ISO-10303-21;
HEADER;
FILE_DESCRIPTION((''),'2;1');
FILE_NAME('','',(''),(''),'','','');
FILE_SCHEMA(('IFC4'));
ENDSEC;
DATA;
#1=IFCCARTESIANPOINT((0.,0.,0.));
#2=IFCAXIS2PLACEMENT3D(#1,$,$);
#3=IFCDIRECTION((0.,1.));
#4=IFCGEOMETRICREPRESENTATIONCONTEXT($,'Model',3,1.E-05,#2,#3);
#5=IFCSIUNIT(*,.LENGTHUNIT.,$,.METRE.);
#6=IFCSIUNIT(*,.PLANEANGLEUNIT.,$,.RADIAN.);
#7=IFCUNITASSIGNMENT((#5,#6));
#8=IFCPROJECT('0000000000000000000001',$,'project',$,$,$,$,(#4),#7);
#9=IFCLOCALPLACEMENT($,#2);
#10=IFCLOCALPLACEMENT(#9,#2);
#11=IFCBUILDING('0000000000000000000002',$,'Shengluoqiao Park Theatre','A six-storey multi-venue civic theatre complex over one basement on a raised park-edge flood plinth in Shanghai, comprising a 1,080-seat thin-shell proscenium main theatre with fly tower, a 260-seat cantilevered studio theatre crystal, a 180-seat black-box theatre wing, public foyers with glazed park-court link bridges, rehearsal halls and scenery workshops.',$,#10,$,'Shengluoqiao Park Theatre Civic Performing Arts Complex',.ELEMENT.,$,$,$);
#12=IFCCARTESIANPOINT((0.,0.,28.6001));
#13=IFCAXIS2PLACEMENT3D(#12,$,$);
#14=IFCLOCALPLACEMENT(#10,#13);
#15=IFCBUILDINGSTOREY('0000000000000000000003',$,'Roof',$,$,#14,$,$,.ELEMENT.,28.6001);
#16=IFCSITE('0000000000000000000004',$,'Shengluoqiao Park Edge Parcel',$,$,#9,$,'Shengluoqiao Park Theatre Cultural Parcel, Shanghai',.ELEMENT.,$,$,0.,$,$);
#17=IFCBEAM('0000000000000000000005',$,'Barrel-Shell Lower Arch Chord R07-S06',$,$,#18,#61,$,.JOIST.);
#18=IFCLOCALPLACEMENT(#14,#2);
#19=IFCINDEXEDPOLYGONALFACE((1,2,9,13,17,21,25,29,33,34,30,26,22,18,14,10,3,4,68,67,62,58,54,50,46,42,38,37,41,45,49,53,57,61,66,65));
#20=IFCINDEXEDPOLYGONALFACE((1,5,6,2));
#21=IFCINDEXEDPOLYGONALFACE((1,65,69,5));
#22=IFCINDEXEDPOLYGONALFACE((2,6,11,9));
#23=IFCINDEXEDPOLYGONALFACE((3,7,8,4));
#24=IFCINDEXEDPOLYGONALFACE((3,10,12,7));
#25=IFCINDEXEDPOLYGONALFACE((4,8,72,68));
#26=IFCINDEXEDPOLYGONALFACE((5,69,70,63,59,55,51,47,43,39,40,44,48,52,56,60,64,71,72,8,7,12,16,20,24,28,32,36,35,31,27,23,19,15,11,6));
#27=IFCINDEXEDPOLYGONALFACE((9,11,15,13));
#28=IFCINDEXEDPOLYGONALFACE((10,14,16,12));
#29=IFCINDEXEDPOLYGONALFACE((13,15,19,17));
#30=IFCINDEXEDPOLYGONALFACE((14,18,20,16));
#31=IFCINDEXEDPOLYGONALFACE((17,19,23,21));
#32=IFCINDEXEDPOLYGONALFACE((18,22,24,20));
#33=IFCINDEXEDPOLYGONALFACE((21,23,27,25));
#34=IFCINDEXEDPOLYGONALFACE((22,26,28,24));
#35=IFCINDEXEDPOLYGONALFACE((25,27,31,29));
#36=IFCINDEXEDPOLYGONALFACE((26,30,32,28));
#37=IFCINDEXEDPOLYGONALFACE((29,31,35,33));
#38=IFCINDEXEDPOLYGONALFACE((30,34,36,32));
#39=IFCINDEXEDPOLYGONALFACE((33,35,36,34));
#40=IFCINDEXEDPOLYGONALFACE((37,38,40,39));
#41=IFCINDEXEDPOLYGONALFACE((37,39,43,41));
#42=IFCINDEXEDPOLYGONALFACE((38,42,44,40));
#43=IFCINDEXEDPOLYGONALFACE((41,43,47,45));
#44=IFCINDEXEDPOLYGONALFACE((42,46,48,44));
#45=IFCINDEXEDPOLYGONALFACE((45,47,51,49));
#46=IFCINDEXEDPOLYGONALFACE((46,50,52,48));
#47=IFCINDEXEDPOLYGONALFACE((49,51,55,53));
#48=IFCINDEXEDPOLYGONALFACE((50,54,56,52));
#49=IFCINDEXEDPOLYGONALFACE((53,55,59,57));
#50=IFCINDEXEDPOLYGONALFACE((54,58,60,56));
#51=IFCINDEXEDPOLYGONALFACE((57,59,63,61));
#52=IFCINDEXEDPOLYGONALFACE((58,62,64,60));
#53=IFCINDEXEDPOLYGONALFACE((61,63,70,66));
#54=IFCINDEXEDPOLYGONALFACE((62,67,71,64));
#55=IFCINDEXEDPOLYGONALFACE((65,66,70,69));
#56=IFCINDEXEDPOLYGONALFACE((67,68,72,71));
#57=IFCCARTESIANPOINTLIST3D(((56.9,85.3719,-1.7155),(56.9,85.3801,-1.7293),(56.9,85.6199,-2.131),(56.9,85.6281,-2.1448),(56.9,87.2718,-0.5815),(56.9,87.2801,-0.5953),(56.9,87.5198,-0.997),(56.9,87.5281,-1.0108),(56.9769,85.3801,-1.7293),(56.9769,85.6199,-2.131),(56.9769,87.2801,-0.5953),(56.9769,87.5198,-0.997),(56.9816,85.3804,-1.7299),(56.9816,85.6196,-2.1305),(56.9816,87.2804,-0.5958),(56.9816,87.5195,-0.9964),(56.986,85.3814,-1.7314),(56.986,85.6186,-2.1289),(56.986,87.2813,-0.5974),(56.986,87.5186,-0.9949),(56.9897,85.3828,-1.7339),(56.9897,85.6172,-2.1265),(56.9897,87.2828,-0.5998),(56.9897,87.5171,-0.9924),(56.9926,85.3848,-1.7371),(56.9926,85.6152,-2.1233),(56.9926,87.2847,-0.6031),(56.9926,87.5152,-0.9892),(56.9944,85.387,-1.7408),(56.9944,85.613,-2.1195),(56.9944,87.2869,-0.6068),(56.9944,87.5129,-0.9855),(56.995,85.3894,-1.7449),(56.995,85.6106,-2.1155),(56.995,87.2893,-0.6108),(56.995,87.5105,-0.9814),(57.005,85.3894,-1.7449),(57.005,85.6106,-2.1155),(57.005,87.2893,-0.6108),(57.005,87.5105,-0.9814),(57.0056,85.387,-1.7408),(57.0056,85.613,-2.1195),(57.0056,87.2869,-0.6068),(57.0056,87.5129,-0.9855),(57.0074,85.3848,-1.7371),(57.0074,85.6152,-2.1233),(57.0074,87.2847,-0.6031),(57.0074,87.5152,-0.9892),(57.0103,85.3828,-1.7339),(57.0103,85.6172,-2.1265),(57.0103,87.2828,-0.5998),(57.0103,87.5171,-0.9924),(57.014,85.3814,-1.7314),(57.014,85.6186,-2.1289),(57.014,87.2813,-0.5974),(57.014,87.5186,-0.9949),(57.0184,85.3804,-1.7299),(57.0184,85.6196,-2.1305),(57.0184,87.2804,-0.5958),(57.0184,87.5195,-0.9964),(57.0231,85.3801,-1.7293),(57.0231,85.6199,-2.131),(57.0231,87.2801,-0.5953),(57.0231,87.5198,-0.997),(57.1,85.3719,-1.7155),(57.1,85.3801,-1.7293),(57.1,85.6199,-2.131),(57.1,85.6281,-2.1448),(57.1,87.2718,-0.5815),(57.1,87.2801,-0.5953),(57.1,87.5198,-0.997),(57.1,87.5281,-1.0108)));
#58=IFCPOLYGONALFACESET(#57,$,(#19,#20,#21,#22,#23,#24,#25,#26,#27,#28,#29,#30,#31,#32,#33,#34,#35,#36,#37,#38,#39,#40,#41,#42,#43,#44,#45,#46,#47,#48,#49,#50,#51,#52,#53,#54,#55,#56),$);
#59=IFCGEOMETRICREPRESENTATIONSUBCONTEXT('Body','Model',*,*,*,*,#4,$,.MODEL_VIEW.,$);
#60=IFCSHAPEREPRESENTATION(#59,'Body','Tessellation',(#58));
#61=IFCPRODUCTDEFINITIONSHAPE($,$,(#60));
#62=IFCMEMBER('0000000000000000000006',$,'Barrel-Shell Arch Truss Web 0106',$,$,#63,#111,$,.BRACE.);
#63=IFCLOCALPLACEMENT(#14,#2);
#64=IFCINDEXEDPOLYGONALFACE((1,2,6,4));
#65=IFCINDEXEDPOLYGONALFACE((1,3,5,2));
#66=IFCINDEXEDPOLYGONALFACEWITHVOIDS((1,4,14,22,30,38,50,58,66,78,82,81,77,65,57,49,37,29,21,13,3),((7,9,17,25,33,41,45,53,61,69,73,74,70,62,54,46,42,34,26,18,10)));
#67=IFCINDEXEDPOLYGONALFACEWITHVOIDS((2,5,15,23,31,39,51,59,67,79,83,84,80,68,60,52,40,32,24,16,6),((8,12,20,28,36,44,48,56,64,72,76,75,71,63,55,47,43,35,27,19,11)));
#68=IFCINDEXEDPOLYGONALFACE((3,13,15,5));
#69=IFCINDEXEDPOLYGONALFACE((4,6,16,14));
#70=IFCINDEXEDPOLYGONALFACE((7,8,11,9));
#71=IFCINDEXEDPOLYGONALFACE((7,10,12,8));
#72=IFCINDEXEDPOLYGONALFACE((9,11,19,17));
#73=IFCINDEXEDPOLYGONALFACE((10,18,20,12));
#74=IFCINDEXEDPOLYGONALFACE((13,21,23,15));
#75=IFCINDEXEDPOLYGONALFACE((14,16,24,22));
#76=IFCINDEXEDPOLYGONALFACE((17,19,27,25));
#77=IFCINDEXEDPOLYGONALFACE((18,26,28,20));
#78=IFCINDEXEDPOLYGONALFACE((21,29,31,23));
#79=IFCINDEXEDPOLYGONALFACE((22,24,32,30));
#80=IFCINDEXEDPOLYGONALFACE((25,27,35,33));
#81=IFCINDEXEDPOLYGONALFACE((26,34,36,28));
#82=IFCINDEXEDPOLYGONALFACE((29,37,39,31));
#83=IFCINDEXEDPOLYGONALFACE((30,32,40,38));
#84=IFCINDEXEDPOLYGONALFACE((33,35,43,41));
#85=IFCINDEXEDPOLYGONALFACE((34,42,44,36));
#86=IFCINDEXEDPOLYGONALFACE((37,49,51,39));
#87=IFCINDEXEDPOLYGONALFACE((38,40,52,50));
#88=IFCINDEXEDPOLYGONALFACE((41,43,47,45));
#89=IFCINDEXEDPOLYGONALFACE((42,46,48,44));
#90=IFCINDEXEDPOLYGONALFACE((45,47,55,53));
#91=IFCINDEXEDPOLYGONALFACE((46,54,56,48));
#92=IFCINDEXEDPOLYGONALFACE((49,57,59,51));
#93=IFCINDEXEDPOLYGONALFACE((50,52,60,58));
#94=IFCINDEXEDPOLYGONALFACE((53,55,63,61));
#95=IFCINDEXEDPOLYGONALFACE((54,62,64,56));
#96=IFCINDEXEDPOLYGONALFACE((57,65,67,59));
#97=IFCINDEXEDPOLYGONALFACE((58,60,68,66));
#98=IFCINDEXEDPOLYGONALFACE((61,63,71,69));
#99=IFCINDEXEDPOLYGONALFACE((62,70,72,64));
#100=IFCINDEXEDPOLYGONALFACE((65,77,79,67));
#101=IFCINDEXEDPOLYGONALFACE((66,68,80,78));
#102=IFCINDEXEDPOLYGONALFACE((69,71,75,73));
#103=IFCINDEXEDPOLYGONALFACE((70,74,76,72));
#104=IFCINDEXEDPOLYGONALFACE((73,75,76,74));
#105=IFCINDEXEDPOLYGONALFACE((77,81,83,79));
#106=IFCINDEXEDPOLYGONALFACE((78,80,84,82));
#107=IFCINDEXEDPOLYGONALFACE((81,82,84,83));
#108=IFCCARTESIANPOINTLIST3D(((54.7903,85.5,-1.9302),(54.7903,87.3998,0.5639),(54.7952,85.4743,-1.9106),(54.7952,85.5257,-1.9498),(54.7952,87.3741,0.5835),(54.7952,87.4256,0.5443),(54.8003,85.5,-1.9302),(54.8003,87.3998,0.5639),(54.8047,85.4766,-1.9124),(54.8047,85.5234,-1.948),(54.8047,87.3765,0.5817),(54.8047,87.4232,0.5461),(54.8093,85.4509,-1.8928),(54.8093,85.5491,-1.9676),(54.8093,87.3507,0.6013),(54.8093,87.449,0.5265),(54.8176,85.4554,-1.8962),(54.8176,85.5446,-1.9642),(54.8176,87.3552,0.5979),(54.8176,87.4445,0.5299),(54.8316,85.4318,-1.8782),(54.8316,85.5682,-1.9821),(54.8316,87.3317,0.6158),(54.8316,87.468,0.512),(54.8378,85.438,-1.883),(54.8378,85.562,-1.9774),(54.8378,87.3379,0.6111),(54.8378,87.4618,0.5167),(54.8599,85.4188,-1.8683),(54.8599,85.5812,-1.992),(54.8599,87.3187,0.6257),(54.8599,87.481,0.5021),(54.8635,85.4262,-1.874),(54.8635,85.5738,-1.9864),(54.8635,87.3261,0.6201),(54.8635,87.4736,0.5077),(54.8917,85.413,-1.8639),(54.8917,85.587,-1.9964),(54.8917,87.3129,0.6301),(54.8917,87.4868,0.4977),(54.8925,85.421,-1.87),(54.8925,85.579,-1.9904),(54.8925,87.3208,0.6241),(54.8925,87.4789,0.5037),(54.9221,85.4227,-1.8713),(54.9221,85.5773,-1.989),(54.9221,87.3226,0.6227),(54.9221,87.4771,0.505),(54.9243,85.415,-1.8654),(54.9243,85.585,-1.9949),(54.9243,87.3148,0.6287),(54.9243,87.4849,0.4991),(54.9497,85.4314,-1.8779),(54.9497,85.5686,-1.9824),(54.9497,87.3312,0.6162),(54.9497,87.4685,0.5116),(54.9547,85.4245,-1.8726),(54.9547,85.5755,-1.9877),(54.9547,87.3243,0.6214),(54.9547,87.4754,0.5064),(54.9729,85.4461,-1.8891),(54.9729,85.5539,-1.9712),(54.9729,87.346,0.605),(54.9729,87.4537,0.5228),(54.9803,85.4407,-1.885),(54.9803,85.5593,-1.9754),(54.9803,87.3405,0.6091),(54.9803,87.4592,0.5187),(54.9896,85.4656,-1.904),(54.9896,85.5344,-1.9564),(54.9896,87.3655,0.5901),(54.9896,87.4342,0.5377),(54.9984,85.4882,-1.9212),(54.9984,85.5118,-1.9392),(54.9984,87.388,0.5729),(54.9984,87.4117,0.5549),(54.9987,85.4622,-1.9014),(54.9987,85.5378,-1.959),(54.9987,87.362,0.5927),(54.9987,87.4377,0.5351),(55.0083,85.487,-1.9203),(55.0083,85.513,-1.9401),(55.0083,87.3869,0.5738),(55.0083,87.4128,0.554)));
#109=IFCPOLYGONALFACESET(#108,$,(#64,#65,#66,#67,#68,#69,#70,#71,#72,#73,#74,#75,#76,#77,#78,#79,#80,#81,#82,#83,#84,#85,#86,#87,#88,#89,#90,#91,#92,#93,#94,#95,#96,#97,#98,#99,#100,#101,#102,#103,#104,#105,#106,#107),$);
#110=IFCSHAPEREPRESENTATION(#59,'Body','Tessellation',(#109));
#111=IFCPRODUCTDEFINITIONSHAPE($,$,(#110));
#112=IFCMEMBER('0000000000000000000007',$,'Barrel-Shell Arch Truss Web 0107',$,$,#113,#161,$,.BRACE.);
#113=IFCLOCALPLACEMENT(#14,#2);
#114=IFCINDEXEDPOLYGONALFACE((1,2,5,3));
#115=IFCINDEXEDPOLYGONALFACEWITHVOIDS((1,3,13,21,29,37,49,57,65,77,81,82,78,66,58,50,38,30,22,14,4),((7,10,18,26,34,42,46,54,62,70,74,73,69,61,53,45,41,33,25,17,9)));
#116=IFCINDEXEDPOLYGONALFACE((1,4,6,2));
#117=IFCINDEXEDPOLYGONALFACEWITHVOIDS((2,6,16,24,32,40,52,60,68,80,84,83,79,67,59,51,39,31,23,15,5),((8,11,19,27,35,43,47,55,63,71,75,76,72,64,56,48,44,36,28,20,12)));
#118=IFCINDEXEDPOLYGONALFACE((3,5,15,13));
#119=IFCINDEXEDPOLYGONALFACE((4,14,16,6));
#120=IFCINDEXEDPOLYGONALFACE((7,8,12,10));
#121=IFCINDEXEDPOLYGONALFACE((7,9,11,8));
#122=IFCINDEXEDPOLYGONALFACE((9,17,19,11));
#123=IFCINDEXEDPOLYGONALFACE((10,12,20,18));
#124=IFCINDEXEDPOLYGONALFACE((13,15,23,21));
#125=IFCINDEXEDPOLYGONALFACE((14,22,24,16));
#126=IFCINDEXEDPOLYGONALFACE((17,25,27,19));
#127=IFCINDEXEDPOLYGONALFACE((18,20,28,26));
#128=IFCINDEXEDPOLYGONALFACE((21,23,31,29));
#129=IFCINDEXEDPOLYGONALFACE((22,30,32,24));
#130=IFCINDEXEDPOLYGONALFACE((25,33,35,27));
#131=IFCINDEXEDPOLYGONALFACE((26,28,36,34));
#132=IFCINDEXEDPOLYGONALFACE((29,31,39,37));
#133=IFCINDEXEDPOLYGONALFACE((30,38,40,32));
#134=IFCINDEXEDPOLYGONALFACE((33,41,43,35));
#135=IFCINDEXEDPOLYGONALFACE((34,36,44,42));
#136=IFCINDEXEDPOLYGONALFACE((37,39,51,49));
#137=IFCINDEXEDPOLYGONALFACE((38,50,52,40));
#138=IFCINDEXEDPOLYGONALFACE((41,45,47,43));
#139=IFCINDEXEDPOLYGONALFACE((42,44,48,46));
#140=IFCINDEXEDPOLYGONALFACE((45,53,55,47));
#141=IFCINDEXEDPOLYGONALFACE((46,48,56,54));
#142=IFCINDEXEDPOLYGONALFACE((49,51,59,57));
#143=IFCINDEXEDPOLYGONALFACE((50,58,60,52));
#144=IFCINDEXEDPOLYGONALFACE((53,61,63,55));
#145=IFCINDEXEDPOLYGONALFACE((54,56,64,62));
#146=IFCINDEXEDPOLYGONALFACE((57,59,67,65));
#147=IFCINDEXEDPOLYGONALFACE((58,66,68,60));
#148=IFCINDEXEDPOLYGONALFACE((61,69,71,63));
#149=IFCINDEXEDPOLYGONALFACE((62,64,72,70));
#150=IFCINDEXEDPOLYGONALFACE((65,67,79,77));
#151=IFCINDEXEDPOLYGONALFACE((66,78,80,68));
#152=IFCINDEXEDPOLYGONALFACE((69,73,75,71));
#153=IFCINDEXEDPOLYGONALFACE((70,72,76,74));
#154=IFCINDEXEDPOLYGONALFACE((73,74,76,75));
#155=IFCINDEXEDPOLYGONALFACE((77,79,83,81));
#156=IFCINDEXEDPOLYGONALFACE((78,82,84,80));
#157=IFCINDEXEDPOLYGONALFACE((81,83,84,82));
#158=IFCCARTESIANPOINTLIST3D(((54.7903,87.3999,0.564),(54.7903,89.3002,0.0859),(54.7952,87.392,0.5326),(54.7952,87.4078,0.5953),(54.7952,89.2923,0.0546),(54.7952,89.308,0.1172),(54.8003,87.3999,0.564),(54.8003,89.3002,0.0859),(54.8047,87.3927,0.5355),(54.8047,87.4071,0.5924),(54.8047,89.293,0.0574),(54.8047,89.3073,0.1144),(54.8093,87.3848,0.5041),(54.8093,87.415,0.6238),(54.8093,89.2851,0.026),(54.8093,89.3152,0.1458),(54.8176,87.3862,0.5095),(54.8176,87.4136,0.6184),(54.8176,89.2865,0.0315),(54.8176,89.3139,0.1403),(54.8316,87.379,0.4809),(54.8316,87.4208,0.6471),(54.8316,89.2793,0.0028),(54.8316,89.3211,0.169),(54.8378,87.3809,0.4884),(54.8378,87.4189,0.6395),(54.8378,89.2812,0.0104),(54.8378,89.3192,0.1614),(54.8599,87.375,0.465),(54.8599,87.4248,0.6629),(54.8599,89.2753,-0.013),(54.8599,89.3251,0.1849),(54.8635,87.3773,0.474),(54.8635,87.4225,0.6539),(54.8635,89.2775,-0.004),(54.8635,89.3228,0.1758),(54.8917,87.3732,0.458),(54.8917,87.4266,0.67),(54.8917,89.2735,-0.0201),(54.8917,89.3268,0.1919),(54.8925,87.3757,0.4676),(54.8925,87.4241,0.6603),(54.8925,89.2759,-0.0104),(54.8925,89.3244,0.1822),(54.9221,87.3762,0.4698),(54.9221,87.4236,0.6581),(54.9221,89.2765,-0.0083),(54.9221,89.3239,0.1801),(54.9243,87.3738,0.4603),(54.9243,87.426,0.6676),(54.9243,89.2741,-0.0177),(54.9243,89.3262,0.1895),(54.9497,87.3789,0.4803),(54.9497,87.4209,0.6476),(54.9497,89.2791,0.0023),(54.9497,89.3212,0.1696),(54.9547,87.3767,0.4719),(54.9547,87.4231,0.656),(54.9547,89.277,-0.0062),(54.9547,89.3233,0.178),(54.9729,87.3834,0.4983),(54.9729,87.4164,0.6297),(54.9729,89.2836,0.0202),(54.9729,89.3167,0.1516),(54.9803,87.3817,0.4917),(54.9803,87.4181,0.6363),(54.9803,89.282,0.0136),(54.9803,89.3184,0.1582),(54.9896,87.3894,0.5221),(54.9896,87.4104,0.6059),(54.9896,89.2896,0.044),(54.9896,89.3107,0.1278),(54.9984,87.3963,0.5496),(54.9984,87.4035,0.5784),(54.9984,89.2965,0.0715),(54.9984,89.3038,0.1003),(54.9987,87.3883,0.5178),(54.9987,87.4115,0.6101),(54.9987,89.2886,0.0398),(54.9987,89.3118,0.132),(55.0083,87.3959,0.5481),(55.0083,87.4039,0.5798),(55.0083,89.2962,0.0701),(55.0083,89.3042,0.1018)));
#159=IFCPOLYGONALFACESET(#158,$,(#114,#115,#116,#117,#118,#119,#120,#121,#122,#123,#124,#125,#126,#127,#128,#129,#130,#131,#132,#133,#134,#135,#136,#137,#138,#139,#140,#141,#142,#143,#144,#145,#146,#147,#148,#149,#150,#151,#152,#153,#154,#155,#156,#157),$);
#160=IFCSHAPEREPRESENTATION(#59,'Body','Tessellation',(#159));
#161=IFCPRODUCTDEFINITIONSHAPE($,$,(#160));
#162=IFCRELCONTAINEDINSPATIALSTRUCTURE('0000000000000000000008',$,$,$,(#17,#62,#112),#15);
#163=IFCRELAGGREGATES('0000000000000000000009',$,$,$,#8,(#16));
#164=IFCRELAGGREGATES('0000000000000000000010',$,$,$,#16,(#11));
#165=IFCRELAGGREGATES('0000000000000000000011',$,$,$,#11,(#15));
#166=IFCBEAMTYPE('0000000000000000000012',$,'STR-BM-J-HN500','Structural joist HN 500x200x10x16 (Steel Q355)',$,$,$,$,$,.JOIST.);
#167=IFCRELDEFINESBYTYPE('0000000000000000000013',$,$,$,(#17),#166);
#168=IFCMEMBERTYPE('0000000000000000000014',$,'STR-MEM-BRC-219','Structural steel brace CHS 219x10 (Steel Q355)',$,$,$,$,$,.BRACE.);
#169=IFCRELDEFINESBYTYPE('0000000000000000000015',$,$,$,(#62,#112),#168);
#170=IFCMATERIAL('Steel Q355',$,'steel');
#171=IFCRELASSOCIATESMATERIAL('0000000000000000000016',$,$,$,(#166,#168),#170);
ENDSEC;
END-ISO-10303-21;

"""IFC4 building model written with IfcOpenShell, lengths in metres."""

from ifc_helpers import new_model, si_unit, direction, frame, origin, origin_2d, place, context, subcontext, project, spatial, hollow_circle, i_section, extrude, material, material_profile, profile_set, type_object, element, save


model = new_model("IFC4")

# Units and contexts
model_context = context("Model", 3, precision=1e-05, world=origin(), true_north=direction((0.0, 1.0)))
body_context = subcontext(model_context, "Body", "Model", "MODEL_VIEW")
ifc_project = project(units=[si_unit("LENGTHUNIT", "METRE"), si_unit("PLANEANGLEUNIT", "RADIAN")], contexts=[model_context])

# Site, building, storey
site_placement = place(None, origin())
site = spatial("IfcSite", under=ifc_project, at=site_placement, Name="Shengluoqiao Park Edge Parcel", LongName="Shengluoqiao Park Theatre Cultural Parcel, Shanghai", CompositionType="ELEMENT", RefElevation=0.0)
building_placement = place(site_placement, origin())
building = spatial("IfcBuilding", under=site, at=building_placement, Name="Shengluoqiao Park Theatre", Description="A six-storey multi-venue civic theatre complex over one basement on a raised park-edge flood plinth in Shanghai, comprising a 1,080-seat thin-shell proscenium main theatre with fly tower, a 260-seat cantilevered studio theatre crystal, a 180-seat black-box theatre wing, public foyers with glazed park-court link bridges, rehearsal halls and scenery workshops.", LongName="Shengluoqiao Park Theatre Civic Performing Arts Complex", CompositionType="ELEMENT")
storey_placement = place(building_placement, frame((0.0, 0.0, 28.6001)))
storey = spatial("IfcBuildingStorey", under=building, at=storey_placement, Name="Roof", CompositionType="ELEMENT", Elevation=28.6001)

# Beam
ifc_material_1 = material(Name="Steel Q355", Category="steel")
ifc_material_profile_1 = material_profile(ifc_material_1, i_section(OverallWidth=0.2, OverallDepth=0.5, WebThickness=0.01, FlangeThickness=0.0161, FilletRadius=0.0181, at=origin_2d()), Name="HN 500x200x10x16")
ifc_profile_set_1 = profile_set([ifc_material_profile_1], Name="Steel Q355")
beam_type_1 = type_object("IfcBeamType", Name="STR-BM-J-HN500", Description="Structural joist HN 500x200x10x16 (Steel Q355)", PredefinedType="JOIST", material=ifc_profile_set_1)
beam_1_placement = place(storey_placement, frame((57.0, 85.5, -1.9302), z_axis=(0.0, 0.858669, 0.512531), x_axis=(-1.0, 0.0, 0.0)))
element("IfcBeam", 1, at=beam_1_placement, inside=storey, type_object=beam_type_1, Name="Barrel-Shell Lower Arch Chord R07-S06", PredefinedType="JOIST", context=body_context, shape_type="SweptSolid", body=[
    extrude(i_section(OverallWidth=0.2, OverallDepth=0.5, WebThickness=0.01, FlangeThickness=0.0161, FilletRadius=0.0181, at=origin_2d()), origin(), (0.0, 0.0, 1.0), 2.2126),
])

# Members
ifc_material_profile_2 = material_profile(ifc_material_1, hollow_circle(Radius=0.1096, WallThickness=0.01, at=origin_2d()), Name="CHS 219x10")
ifc_profile_set_2 = profile_set([ifc_material_profile_2], Name="Steel Q355")
member_type_1 = type_object("IfcMemberType", Name="STR-MEM-BRC-219", Description="Structural steel brace CHS 219x10 (Steel Q355)", PredefinedType="BRACE", material=ifc_profile_set_2)
member_1_placement = place(storey_placement, frame((54.8999, 85.5, -1.9302), z_axis=(0.0, 0.605963, 0.795492), x_axis=(-1.0, 0.0, 0.0)))
element("IfcMember", 2, at=member_1_placement, inside=storey, type_object=member_type_1, Name="Barrel-Shell Arch Truss Web 0106", PredefinedType="BRACE", context=body_context, shape_type="SweptSolid", body=[
    extrude(hollow_circle(Radius=0.1096, WallThickness=0.01, at=origin_2d()), origin(), (0.0, 0.0, 1.0), 3.1353),
])
member_2_placement = place(storey_placement, frame((54.8999, 87.3999, 0.564), z_axis=(0.0, 0.969782, -0.243972), x_axis=(-1.0, 0.0, 0.0)))
element("IfcMember", 3, at=member_2_placement, inside=storey, type_object=member_type_1, Name="Barrel-Shell Arch Truss Web 0107", PredefinedType="BRACE", context=body_context, shape_type="SweptSolid", body=[
    extrude(hollow_circle(Radius=0.1096, WallThickness=0.01, at=origin_2d()), origin(), (0.0, 0.0, 1.0), 1.9595),
])

save(model, "model.ifc")
